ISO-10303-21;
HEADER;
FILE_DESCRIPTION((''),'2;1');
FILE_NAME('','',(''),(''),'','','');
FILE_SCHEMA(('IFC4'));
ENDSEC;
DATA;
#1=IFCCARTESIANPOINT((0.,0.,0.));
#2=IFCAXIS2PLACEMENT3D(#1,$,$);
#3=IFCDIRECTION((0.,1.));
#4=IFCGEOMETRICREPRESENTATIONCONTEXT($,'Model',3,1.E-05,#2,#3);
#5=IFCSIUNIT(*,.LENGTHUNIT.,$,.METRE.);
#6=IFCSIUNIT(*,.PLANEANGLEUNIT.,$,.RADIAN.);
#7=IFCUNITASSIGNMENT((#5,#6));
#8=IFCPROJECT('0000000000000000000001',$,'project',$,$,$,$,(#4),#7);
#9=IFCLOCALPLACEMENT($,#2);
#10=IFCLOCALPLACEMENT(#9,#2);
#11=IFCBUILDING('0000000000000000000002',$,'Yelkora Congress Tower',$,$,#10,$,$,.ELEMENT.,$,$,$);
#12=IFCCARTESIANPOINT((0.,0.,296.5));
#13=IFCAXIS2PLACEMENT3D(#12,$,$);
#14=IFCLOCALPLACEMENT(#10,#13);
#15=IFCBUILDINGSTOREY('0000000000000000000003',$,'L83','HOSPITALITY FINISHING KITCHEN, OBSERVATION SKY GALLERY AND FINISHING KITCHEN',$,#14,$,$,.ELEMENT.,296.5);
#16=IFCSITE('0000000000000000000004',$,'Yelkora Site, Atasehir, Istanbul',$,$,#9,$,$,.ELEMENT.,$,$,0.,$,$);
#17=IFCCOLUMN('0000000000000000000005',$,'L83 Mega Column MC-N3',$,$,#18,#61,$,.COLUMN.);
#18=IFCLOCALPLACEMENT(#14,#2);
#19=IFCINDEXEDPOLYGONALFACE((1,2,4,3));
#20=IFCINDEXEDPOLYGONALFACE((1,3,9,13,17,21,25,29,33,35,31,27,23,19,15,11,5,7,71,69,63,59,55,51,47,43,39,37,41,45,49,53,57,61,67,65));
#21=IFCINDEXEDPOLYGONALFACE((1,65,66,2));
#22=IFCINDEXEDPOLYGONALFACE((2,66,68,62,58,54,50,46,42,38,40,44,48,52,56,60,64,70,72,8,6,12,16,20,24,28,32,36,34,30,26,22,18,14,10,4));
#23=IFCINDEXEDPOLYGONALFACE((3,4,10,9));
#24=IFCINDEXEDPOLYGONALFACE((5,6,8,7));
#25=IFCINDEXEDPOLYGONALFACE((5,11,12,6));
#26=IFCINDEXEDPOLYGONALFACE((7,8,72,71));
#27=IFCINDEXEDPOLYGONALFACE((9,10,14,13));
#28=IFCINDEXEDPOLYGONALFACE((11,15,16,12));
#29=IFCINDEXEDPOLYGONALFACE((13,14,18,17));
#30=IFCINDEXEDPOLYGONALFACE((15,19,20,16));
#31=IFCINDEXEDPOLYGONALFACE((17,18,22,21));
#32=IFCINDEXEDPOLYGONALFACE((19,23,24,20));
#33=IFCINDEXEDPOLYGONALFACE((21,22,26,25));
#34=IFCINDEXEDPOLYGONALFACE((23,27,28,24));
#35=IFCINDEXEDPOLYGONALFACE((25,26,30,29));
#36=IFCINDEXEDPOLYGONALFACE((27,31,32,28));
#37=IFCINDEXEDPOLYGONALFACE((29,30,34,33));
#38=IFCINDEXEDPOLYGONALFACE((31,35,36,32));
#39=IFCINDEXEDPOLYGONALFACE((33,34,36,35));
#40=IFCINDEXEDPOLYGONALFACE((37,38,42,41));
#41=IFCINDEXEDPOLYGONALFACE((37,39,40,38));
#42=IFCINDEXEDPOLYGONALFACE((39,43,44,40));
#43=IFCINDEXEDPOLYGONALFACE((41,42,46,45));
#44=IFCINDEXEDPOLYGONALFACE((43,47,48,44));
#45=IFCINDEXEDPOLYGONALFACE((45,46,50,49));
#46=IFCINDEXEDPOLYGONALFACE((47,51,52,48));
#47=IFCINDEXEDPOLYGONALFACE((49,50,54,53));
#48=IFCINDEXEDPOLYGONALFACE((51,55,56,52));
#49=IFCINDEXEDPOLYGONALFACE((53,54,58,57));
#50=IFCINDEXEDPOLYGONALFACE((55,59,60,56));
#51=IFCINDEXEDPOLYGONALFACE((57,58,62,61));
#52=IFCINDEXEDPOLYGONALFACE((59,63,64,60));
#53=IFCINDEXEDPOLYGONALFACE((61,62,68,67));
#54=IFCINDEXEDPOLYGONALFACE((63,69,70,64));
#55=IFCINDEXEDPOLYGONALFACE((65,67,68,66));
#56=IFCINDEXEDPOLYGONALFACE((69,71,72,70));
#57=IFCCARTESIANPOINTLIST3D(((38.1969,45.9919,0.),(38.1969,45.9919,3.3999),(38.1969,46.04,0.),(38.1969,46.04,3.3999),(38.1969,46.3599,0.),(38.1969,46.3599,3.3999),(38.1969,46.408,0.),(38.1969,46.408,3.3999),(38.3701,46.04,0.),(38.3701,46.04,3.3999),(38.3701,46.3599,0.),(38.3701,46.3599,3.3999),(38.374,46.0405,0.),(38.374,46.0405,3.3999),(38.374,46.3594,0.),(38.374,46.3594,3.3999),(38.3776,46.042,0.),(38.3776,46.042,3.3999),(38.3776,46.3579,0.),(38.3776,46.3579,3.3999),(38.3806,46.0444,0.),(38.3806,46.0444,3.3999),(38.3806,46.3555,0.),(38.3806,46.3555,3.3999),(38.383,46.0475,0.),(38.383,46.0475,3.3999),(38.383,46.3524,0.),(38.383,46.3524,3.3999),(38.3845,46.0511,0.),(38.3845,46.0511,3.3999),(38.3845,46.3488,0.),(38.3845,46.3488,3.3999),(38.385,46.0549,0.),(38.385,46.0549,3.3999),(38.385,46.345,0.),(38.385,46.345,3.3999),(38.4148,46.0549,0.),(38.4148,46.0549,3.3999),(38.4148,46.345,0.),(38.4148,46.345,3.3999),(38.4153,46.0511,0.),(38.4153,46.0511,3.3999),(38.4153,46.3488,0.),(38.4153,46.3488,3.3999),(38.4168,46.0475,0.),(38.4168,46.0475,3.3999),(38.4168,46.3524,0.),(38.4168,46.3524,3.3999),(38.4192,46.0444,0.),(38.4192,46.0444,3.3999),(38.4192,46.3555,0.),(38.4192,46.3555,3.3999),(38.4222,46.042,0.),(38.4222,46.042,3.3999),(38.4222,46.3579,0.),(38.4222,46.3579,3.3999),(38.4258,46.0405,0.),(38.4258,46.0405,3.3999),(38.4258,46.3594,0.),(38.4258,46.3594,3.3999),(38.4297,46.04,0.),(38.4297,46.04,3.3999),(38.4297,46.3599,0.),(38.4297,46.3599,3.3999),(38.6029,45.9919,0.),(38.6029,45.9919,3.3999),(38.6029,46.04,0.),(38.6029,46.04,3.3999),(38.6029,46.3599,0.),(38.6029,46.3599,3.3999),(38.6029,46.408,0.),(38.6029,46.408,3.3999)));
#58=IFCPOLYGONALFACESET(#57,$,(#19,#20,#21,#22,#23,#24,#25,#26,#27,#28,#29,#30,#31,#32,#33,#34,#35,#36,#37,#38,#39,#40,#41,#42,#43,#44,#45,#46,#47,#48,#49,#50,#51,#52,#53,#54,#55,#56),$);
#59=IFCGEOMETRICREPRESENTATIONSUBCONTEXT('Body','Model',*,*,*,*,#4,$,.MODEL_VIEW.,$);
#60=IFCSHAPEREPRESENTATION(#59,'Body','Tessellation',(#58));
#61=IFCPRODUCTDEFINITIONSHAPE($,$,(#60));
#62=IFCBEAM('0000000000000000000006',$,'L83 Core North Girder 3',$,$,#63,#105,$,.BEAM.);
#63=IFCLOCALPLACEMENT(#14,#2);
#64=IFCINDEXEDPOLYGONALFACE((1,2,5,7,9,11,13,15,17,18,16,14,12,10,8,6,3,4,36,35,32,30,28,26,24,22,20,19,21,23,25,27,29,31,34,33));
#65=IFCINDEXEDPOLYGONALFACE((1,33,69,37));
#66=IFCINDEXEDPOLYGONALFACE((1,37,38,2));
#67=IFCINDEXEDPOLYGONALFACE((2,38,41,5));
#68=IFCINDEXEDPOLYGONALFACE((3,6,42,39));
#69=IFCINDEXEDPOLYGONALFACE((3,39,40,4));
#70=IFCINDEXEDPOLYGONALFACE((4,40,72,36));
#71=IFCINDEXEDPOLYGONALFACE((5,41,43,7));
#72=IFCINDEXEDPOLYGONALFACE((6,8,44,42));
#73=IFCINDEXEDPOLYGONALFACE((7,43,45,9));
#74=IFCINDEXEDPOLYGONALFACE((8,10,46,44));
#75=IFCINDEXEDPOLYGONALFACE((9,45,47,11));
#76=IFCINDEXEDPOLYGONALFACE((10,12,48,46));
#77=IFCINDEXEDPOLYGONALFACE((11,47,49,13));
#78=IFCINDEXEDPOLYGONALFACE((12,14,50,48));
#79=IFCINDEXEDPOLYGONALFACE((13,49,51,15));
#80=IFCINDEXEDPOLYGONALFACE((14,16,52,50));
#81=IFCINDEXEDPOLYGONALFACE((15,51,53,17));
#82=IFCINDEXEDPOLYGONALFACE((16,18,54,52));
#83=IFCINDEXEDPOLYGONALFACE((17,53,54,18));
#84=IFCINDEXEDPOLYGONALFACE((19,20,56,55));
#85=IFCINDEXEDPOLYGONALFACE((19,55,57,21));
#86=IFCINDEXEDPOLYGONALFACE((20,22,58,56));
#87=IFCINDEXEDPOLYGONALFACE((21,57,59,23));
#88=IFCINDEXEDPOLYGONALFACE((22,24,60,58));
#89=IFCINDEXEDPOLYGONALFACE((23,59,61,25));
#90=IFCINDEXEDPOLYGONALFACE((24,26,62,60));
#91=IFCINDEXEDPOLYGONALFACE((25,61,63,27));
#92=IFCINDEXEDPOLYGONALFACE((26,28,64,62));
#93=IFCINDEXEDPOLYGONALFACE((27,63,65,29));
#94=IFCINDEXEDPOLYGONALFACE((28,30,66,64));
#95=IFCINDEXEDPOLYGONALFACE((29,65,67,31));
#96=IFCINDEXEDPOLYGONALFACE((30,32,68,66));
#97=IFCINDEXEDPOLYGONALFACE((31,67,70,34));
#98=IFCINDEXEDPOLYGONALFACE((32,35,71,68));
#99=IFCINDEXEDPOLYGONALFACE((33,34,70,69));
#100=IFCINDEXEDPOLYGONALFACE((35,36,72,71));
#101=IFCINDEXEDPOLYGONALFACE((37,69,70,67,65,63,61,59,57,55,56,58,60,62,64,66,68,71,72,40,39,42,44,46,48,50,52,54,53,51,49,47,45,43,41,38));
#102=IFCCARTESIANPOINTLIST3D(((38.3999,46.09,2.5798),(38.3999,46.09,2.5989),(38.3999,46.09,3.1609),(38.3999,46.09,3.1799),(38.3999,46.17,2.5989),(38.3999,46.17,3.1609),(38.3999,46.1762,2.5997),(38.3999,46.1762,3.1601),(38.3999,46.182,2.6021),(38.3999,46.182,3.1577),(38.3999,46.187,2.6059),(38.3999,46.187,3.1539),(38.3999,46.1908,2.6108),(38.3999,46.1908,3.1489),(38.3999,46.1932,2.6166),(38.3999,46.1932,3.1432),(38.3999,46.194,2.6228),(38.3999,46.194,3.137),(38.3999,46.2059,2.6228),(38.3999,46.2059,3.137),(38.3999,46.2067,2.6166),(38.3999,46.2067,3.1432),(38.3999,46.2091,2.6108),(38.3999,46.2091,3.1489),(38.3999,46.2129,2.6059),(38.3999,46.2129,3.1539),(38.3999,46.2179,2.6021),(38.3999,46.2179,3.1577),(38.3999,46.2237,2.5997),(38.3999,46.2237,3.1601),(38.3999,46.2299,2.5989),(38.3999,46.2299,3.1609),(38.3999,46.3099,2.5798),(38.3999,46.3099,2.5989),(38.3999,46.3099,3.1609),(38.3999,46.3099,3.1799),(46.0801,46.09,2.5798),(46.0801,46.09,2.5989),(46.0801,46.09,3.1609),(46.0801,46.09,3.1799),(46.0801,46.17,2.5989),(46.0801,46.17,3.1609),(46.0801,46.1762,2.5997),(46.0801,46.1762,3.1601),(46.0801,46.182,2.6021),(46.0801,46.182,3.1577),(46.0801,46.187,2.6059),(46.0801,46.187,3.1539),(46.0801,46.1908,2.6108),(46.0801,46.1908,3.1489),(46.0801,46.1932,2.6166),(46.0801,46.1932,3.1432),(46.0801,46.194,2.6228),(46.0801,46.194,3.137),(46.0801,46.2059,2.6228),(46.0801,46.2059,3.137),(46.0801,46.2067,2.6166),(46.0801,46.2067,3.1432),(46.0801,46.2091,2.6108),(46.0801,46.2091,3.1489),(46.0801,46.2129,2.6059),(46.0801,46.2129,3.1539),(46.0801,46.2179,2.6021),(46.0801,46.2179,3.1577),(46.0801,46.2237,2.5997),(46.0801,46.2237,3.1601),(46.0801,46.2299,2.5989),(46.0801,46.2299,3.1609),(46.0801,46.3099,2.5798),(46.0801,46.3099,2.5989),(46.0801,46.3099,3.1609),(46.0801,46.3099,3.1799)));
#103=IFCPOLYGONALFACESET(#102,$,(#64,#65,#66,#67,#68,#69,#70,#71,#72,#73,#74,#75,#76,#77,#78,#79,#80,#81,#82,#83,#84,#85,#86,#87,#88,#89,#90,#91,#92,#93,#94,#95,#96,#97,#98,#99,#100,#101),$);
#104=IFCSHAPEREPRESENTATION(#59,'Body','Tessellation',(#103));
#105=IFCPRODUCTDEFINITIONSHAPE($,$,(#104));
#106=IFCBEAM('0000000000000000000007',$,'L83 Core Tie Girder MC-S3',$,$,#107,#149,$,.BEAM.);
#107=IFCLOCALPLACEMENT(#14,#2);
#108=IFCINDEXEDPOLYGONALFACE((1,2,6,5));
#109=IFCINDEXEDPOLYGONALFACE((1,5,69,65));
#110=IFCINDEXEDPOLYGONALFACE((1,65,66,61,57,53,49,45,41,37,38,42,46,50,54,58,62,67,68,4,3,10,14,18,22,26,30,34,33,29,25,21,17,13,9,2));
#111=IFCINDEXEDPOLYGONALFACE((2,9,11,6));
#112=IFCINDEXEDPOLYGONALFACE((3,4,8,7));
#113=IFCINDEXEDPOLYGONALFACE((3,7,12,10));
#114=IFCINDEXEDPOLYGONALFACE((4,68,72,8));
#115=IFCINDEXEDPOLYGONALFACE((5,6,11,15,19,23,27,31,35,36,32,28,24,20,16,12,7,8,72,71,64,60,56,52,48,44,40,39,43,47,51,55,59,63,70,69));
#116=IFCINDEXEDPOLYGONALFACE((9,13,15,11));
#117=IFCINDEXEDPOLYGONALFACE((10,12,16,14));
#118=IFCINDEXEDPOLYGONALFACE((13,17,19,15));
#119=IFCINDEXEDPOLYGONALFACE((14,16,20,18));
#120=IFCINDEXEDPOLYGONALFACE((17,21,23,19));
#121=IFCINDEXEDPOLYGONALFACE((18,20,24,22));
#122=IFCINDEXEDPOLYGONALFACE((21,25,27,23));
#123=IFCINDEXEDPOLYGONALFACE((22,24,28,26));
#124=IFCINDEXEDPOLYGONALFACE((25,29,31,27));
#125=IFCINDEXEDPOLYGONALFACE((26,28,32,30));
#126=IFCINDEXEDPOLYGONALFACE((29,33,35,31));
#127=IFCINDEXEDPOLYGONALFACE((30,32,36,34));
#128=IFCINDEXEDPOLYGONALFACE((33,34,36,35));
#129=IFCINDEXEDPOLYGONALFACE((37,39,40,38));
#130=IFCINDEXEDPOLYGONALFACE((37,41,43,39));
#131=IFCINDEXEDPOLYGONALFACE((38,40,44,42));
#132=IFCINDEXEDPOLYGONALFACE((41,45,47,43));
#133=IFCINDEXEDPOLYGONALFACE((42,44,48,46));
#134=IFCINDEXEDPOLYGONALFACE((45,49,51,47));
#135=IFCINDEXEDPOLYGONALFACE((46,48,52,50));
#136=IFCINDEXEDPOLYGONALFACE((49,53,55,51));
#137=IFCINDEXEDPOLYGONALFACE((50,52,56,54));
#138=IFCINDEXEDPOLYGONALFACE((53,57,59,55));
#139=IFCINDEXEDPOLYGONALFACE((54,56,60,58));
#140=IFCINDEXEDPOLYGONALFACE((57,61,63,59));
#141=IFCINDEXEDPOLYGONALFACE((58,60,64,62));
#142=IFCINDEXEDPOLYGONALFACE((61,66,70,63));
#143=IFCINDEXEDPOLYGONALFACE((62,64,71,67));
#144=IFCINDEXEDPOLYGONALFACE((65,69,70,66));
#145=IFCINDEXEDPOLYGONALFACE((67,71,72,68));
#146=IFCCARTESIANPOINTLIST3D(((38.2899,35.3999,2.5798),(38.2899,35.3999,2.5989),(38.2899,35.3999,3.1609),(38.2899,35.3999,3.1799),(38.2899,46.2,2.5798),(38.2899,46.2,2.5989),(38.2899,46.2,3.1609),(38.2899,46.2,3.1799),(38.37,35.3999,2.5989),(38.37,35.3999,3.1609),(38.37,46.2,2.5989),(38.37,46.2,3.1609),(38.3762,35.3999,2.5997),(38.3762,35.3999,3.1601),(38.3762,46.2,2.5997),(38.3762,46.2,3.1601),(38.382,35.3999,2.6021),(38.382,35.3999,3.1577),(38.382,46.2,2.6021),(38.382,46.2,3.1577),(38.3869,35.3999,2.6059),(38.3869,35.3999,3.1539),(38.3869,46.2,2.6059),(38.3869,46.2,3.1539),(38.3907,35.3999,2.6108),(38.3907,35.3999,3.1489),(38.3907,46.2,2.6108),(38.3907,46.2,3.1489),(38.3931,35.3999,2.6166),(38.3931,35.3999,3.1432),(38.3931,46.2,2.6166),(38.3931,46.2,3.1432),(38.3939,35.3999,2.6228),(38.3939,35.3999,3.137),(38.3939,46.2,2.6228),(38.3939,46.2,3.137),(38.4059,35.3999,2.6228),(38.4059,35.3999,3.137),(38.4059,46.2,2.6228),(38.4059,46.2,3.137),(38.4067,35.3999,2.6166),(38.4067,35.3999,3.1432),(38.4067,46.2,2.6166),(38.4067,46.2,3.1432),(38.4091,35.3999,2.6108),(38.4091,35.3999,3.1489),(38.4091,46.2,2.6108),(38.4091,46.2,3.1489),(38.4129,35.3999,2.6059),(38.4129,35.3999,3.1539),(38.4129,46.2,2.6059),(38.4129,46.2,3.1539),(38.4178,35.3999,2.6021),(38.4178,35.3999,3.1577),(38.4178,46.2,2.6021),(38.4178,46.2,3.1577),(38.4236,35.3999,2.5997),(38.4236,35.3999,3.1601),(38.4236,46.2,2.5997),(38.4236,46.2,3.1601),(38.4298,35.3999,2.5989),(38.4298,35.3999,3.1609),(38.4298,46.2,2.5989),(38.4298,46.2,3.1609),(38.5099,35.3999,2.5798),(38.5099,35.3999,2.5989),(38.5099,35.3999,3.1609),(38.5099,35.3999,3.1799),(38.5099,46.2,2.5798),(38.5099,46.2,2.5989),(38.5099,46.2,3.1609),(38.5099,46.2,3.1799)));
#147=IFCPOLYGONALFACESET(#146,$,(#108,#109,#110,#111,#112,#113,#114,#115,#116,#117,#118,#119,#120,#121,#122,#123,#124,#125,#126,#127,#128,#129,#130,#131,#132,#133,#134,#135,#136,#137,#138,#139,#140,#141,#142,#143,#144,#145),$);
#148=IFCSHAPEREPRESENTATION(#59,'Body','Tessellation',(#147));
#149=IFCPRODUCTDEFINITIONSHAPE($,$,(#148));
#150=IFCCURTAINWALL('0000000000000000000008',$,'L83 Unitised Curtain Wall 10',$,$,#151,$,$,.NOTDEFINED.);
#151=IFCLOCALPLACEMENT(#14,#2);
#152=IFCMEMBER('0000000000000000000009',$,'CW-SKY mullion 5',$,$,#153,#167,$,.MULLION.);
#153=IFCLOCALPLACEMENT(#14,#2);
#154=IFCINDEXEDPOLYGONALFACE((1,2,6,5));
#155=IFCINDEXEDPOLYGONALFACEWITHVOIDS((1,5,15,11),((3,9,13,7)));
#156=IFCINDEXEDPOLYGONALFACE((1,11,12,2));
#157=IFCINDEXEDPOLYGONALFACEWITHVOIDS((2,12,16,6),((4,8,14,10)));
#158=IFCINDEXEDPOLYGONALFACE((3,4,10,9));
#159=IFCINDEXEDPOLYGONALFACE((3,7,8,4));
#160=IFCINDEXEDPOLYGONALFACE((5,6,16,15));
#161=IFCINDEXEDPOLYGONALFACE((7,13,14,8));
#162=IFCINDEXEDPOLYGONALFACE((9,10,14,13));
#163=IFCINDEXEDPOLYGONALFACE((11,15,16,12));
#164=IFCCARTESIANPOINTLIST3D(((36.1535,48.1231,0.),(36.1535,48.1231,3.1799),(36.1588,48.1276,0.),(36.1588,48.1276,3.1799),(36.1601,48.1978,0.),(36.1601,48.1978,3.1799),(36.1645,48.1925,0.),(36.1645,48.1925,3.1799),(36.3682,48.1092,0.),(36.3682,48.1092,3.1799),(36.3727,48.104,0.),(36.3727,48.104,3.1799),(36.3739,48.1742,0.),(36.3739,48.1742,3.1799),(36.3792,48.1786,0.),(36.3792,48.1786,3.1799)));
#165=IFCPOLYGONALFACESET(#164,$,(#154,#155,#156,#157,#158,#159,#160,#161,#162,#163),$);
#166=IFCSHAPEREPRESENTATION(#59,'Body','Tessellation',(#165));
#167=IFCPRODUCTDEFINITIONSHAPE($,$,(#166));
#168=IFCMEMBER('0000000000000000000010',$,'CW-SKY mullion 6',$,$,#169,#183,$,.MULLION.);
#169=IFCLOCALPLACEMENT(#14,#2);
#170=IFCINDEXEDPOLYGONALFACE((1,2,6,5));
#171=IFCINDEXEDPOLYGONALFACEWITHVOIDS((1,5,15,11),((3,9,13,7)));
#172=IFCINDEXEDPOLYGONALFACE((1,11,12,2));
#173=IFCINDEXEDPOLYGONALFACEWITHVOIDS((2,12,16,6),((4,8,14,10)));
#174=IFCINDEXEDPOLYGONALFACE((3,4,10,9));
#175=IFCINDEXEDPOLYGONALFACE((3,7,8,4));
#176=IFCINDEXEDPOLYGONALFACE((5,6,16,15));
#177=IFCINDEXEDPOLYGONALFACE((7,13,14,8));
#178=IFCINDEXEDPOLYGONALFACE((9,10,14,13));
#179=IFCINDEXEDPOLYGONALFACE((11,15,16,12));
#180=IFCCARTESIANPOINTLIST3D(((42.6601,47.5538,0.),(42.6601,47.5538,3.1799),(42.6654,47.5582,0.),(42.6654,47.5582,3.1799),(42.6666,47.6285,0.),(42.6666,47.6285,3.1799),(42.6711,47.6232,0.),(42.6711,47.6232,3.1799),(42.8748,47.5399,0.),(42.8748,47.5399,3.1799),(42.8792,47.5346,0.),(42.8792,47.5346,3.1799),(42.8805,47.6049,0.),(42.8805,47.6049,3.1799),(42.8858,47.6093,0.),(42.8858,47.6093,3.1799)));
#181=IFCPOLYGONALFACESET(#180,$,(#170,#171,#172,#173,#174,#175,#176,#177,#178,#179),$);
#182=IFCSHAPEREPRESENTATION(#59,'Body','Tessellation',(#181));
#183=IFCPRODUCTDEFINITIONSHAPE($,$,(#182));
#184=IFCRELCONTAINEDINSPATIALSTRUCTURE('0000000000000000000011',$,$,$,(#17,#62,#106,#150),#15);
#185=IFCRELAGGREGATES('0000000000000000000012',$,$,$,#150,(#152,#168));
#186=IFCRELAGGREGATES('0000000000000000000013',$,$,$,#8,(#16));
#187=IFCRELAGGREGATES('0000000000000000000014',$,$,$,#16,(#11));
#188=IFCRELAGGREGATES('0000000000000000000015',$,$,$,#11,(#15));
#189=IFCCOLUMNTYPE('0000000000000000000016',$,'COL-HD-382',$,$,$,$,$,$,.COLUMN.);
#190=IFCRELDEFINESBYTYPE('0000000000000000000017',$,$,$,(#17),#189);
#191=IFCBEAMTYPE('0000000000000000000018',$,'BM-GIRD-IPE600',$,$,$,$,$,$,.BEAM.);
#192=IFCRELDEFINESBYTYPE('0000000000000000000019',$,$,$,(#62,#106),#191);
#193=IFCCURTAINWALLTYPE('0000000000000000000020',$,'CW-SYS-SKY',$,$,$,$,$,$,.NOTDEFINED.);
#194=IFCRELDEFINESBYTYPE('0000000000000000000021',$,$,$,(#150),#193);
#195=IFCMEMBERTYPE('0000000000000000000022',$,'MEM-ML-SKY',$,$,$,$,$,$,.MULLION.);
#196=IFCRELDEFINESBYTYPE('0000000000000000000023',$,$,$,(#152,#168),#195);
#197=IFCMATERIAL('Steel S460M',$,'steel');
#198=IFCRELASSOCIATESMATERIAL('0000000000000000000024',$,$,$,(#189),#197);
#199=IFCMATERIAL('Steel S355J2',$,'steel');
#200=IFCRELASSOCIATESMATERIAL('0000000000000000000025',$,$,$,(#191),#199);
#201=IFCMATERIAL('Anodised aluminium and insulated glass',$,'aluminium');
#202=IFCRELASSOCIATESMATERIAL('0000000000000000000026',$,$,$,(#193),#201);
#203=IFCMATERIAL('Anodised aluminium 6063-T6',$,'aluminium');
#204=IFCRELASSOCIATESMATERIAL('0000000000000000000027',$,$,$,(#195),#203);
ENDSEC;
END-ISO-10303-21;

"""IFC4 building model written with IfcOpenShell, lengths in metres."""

from ifc_helpers import new_model, si_unit, direction, frame, origin, origin_2d, place, context, subcontext, project, spatial, hollow_rectangle, i_section, extrude, material, material_profile, profile_set, type_object, element, aggregate, save


model = new_model("IFC4")

# Units and contexts
model_context = context("Model", 3, precision=1e-05, world=origin(), true_north=direction((0.0, 1.0)))
body_context = subcontext(model_context, "Body", "Model", "MODEL_VIEW")
ifc_project = project(units=[si_unit("LENGTHUNIT", "METRE"), si_unit("PLANEANGLEUNIT", "RADIAN")], contexts=[model_context])

# Site, building, storey
site_placement = place(None, origin())
site = spatial("IfcSite", under=ifc_project, at=site_placement, Name="Yelkora Site, Atasehir, Istanbul", CompositionType="ELEMENT", RefElevation=0.0)
building_placement = place(site_placement, origin())
building = spatial("IfcBuilding", under=site, at=building_placement, Name="Yelkora Congress Tower", CompositionType="ELEMENT")
storey_placement = place(building_placement, frame((0.0, 0.0, 296.5)))
storey = spatial("IfcBuildingStorey", under=building, at=storey_placement, Name="L83", Description="HOSPITALITY FINISHING KITCHEN, OBSERVATION SKY GALLERY AND FINISHING KITCHEN", CompositionType="ELEMENT", Elevation=296.5)

# Column
ifc_material_1 = material(Name="Steel S460M", Category="steel")
ifc_material_profile_1 = material_profile(ifc_material_1, i_section(OverallWidth=0.406, OverallDepth=0.416, WebThickness=0.0298, FlangeThickness=0.0481, FilletRadius=0.0149, at=origin_2d()), Name="HD 400x382")
ifc_profile_set_1 = profile_set([ifc_material_profile_1], Name="Steel S460M")
column_type = type_object("IfcColumnType", Name="COL-HD-382", PredefinedType="COLUMN", material=ifc_profile_set_1)
column_placement = place(storey_placement, frame((38.3999, 46.2, 0.0), z_axis=(0.0, 0.0, 1.0), x_axis=(1.0, 0.0, 0.0)))
element("IfcColumn", 1, at=column_placement, inside=storey, type_object=column_type, Name="L83 Mega Column MC-N3", PredefinedType="COLUMN", context=body_context, shape_type="SweptSolid", body=[
    extrude(i_section(OverallWidth=0.406, OverallDepth=0.416, WebThickness=0.0298, FlangeThickness=0.0481, FilletRadius=0.0149, at=origin_2d()), origin(), (0.0, 0.0, 1.0), 3.3999),
])

# Beams
ifc_material_2 = material(Name="Steel S355J2", Category="steel")
ifc_material_profile_2 = material_profile(ifc_material_2, i_section(OverallWidth=0.22, OverallDepth=0.6001, WebThickness=0.012, FlangeThickness=0.019, FilletRadius=0.0239, at=origin_2d()), Name="IPE 600")
ifc_profile_set_2 = profile_set([ifc_material_profile_2], Name="Steel S355J2")
beam_type = type_object("IfcBeamType", Name="BM-GIRD-IPE600", PredefinedType="BEAM", material=ifc_profile_set_2)
beam_1_placement = place(storey_placement, frame((38.3999, 46.2, 2.8799), z_axis=(1.0, 0.0, 0.0), x_axis=(0.0, 1.0, 0.0)))
element("IfcBeam", 2, at=beam_1_placement, inside=storey, type_object=beam_type, Name="L83 Core North Girder 3", PredefinedType="BEAM", context=body_context, shape_type="SweptSolid", body=[
    extrude(i_section(OverallWidth=0.22, OverallDepth=0.6001, WebThickness=0.012, FlangeThickness=0.019, FilletRadius=0.0239, at=origin_2d()), origin(), (0.0, 0.0, 1.0), 7.6802),
])
beam_2_placement = place(storey_placement, frame((38.3999, 35.3999, 2.8799), z_axis=(0.0, 1.0, 0.0), x_axis=(-1.0, 0.0, 0.0)))
element("IfcBeam", 3, at=beam_2_placement, inside=storey, type_object=beam_type, Name="L83 Core Tie Girder MC-S3", PredefinedType="BEAM", context=body_context, shape_type="SweptSolid", body=[
    extrude(i_section(OverallWidth=0.22, OverallDepth=0.6001, WebThickness=0.012, FlangeThickness=0.019, FilletRadius=0.0239, at=origin_2d()), origin(), (0.0, 0.0, 1.0), 10.8),
])

# Curtain wall, members
ifc_material_3 = material(Name="Anodised aluminium and insulated glass", Category="aluminium")
curtain_wall_type = type_object("IfcCurtainWallType", Name="CW-SYS-SKY", PredefinedType="NOTDEFINED", material=ifc_material_3)
curtain_wall_placement = place(storey_placement, origin())
curtain_wall = element("IfcCurtainWall", 4, at=curtain_wall_placement, inside=storey, type_object=curtain_wall_type, Name="L83 Unitised Curtain Wall 10", PredefinedType="NOTDEFINED")
ifc_material_4 = material(Name="Anodised aluminium 6063-T6", Category="aluminium")
ifc_material_profile_3 = material_profile(ifc_material_4, hollow_rectangle(XDim=0.075, YDim=0.22, WallThickness=0.0049, at=origin_2d()), Name="ALU 75x220x5")
ifc_profile_set_3 = profile_set([ifc_material_profile_3], Name="Anodised aluminium 6063-T6")
member_type_1 = type_object("IfcMemberType", Name="MEM-ML-SKY", PredefinedType="MULLION", material=ifc_profile_set_3)
member_1_placement = place(storey_placement, frame((36.2664, 48.1509, 0.0), z_axis=(0.0, 0.0, 1.0), x_axis=(0.087157, 0.996195, 0.0)))
member_1 = element("IfcMember", 5, at=member_1_placement, type_object=member_type_1, Name="CW-SKY mullion 5", PredefinedType="MULLION", context=body_context, shape_type="SweptSolid", body=[
    extrude(hollow_rectangle(XDim=0.075, YDim=0.22, WallThickness=0.0049, at=origin_2d()), origin(), (0.0, 0.0, 1.0), 3.1799),
])
member_2_placement = place(storey_placement, frame((42.7729, 47.5815, 0.0), z_axis=(0.0, 0.0, 1.0), x_axis=(0.087157, 0.996195, 0.0)))
member_2 = element("IfcMember", 6, at=member_2_placement, type_object=member_type_1, Name="CW-SKY mullion 6", PredefinedType="MULLION", context=body_context, shape_type="SweptSolid", body=[
    extrude(hollow_rectangle(XDim=0.075, YDim=0.22, WallThickness=0.0049, at=origin_2d()), origin(), (0.0, 0.0, 1.0), 3.1799),
])
aggregate(curtain_wall, [member_1, member_2])

save(model, "model.ifc")
